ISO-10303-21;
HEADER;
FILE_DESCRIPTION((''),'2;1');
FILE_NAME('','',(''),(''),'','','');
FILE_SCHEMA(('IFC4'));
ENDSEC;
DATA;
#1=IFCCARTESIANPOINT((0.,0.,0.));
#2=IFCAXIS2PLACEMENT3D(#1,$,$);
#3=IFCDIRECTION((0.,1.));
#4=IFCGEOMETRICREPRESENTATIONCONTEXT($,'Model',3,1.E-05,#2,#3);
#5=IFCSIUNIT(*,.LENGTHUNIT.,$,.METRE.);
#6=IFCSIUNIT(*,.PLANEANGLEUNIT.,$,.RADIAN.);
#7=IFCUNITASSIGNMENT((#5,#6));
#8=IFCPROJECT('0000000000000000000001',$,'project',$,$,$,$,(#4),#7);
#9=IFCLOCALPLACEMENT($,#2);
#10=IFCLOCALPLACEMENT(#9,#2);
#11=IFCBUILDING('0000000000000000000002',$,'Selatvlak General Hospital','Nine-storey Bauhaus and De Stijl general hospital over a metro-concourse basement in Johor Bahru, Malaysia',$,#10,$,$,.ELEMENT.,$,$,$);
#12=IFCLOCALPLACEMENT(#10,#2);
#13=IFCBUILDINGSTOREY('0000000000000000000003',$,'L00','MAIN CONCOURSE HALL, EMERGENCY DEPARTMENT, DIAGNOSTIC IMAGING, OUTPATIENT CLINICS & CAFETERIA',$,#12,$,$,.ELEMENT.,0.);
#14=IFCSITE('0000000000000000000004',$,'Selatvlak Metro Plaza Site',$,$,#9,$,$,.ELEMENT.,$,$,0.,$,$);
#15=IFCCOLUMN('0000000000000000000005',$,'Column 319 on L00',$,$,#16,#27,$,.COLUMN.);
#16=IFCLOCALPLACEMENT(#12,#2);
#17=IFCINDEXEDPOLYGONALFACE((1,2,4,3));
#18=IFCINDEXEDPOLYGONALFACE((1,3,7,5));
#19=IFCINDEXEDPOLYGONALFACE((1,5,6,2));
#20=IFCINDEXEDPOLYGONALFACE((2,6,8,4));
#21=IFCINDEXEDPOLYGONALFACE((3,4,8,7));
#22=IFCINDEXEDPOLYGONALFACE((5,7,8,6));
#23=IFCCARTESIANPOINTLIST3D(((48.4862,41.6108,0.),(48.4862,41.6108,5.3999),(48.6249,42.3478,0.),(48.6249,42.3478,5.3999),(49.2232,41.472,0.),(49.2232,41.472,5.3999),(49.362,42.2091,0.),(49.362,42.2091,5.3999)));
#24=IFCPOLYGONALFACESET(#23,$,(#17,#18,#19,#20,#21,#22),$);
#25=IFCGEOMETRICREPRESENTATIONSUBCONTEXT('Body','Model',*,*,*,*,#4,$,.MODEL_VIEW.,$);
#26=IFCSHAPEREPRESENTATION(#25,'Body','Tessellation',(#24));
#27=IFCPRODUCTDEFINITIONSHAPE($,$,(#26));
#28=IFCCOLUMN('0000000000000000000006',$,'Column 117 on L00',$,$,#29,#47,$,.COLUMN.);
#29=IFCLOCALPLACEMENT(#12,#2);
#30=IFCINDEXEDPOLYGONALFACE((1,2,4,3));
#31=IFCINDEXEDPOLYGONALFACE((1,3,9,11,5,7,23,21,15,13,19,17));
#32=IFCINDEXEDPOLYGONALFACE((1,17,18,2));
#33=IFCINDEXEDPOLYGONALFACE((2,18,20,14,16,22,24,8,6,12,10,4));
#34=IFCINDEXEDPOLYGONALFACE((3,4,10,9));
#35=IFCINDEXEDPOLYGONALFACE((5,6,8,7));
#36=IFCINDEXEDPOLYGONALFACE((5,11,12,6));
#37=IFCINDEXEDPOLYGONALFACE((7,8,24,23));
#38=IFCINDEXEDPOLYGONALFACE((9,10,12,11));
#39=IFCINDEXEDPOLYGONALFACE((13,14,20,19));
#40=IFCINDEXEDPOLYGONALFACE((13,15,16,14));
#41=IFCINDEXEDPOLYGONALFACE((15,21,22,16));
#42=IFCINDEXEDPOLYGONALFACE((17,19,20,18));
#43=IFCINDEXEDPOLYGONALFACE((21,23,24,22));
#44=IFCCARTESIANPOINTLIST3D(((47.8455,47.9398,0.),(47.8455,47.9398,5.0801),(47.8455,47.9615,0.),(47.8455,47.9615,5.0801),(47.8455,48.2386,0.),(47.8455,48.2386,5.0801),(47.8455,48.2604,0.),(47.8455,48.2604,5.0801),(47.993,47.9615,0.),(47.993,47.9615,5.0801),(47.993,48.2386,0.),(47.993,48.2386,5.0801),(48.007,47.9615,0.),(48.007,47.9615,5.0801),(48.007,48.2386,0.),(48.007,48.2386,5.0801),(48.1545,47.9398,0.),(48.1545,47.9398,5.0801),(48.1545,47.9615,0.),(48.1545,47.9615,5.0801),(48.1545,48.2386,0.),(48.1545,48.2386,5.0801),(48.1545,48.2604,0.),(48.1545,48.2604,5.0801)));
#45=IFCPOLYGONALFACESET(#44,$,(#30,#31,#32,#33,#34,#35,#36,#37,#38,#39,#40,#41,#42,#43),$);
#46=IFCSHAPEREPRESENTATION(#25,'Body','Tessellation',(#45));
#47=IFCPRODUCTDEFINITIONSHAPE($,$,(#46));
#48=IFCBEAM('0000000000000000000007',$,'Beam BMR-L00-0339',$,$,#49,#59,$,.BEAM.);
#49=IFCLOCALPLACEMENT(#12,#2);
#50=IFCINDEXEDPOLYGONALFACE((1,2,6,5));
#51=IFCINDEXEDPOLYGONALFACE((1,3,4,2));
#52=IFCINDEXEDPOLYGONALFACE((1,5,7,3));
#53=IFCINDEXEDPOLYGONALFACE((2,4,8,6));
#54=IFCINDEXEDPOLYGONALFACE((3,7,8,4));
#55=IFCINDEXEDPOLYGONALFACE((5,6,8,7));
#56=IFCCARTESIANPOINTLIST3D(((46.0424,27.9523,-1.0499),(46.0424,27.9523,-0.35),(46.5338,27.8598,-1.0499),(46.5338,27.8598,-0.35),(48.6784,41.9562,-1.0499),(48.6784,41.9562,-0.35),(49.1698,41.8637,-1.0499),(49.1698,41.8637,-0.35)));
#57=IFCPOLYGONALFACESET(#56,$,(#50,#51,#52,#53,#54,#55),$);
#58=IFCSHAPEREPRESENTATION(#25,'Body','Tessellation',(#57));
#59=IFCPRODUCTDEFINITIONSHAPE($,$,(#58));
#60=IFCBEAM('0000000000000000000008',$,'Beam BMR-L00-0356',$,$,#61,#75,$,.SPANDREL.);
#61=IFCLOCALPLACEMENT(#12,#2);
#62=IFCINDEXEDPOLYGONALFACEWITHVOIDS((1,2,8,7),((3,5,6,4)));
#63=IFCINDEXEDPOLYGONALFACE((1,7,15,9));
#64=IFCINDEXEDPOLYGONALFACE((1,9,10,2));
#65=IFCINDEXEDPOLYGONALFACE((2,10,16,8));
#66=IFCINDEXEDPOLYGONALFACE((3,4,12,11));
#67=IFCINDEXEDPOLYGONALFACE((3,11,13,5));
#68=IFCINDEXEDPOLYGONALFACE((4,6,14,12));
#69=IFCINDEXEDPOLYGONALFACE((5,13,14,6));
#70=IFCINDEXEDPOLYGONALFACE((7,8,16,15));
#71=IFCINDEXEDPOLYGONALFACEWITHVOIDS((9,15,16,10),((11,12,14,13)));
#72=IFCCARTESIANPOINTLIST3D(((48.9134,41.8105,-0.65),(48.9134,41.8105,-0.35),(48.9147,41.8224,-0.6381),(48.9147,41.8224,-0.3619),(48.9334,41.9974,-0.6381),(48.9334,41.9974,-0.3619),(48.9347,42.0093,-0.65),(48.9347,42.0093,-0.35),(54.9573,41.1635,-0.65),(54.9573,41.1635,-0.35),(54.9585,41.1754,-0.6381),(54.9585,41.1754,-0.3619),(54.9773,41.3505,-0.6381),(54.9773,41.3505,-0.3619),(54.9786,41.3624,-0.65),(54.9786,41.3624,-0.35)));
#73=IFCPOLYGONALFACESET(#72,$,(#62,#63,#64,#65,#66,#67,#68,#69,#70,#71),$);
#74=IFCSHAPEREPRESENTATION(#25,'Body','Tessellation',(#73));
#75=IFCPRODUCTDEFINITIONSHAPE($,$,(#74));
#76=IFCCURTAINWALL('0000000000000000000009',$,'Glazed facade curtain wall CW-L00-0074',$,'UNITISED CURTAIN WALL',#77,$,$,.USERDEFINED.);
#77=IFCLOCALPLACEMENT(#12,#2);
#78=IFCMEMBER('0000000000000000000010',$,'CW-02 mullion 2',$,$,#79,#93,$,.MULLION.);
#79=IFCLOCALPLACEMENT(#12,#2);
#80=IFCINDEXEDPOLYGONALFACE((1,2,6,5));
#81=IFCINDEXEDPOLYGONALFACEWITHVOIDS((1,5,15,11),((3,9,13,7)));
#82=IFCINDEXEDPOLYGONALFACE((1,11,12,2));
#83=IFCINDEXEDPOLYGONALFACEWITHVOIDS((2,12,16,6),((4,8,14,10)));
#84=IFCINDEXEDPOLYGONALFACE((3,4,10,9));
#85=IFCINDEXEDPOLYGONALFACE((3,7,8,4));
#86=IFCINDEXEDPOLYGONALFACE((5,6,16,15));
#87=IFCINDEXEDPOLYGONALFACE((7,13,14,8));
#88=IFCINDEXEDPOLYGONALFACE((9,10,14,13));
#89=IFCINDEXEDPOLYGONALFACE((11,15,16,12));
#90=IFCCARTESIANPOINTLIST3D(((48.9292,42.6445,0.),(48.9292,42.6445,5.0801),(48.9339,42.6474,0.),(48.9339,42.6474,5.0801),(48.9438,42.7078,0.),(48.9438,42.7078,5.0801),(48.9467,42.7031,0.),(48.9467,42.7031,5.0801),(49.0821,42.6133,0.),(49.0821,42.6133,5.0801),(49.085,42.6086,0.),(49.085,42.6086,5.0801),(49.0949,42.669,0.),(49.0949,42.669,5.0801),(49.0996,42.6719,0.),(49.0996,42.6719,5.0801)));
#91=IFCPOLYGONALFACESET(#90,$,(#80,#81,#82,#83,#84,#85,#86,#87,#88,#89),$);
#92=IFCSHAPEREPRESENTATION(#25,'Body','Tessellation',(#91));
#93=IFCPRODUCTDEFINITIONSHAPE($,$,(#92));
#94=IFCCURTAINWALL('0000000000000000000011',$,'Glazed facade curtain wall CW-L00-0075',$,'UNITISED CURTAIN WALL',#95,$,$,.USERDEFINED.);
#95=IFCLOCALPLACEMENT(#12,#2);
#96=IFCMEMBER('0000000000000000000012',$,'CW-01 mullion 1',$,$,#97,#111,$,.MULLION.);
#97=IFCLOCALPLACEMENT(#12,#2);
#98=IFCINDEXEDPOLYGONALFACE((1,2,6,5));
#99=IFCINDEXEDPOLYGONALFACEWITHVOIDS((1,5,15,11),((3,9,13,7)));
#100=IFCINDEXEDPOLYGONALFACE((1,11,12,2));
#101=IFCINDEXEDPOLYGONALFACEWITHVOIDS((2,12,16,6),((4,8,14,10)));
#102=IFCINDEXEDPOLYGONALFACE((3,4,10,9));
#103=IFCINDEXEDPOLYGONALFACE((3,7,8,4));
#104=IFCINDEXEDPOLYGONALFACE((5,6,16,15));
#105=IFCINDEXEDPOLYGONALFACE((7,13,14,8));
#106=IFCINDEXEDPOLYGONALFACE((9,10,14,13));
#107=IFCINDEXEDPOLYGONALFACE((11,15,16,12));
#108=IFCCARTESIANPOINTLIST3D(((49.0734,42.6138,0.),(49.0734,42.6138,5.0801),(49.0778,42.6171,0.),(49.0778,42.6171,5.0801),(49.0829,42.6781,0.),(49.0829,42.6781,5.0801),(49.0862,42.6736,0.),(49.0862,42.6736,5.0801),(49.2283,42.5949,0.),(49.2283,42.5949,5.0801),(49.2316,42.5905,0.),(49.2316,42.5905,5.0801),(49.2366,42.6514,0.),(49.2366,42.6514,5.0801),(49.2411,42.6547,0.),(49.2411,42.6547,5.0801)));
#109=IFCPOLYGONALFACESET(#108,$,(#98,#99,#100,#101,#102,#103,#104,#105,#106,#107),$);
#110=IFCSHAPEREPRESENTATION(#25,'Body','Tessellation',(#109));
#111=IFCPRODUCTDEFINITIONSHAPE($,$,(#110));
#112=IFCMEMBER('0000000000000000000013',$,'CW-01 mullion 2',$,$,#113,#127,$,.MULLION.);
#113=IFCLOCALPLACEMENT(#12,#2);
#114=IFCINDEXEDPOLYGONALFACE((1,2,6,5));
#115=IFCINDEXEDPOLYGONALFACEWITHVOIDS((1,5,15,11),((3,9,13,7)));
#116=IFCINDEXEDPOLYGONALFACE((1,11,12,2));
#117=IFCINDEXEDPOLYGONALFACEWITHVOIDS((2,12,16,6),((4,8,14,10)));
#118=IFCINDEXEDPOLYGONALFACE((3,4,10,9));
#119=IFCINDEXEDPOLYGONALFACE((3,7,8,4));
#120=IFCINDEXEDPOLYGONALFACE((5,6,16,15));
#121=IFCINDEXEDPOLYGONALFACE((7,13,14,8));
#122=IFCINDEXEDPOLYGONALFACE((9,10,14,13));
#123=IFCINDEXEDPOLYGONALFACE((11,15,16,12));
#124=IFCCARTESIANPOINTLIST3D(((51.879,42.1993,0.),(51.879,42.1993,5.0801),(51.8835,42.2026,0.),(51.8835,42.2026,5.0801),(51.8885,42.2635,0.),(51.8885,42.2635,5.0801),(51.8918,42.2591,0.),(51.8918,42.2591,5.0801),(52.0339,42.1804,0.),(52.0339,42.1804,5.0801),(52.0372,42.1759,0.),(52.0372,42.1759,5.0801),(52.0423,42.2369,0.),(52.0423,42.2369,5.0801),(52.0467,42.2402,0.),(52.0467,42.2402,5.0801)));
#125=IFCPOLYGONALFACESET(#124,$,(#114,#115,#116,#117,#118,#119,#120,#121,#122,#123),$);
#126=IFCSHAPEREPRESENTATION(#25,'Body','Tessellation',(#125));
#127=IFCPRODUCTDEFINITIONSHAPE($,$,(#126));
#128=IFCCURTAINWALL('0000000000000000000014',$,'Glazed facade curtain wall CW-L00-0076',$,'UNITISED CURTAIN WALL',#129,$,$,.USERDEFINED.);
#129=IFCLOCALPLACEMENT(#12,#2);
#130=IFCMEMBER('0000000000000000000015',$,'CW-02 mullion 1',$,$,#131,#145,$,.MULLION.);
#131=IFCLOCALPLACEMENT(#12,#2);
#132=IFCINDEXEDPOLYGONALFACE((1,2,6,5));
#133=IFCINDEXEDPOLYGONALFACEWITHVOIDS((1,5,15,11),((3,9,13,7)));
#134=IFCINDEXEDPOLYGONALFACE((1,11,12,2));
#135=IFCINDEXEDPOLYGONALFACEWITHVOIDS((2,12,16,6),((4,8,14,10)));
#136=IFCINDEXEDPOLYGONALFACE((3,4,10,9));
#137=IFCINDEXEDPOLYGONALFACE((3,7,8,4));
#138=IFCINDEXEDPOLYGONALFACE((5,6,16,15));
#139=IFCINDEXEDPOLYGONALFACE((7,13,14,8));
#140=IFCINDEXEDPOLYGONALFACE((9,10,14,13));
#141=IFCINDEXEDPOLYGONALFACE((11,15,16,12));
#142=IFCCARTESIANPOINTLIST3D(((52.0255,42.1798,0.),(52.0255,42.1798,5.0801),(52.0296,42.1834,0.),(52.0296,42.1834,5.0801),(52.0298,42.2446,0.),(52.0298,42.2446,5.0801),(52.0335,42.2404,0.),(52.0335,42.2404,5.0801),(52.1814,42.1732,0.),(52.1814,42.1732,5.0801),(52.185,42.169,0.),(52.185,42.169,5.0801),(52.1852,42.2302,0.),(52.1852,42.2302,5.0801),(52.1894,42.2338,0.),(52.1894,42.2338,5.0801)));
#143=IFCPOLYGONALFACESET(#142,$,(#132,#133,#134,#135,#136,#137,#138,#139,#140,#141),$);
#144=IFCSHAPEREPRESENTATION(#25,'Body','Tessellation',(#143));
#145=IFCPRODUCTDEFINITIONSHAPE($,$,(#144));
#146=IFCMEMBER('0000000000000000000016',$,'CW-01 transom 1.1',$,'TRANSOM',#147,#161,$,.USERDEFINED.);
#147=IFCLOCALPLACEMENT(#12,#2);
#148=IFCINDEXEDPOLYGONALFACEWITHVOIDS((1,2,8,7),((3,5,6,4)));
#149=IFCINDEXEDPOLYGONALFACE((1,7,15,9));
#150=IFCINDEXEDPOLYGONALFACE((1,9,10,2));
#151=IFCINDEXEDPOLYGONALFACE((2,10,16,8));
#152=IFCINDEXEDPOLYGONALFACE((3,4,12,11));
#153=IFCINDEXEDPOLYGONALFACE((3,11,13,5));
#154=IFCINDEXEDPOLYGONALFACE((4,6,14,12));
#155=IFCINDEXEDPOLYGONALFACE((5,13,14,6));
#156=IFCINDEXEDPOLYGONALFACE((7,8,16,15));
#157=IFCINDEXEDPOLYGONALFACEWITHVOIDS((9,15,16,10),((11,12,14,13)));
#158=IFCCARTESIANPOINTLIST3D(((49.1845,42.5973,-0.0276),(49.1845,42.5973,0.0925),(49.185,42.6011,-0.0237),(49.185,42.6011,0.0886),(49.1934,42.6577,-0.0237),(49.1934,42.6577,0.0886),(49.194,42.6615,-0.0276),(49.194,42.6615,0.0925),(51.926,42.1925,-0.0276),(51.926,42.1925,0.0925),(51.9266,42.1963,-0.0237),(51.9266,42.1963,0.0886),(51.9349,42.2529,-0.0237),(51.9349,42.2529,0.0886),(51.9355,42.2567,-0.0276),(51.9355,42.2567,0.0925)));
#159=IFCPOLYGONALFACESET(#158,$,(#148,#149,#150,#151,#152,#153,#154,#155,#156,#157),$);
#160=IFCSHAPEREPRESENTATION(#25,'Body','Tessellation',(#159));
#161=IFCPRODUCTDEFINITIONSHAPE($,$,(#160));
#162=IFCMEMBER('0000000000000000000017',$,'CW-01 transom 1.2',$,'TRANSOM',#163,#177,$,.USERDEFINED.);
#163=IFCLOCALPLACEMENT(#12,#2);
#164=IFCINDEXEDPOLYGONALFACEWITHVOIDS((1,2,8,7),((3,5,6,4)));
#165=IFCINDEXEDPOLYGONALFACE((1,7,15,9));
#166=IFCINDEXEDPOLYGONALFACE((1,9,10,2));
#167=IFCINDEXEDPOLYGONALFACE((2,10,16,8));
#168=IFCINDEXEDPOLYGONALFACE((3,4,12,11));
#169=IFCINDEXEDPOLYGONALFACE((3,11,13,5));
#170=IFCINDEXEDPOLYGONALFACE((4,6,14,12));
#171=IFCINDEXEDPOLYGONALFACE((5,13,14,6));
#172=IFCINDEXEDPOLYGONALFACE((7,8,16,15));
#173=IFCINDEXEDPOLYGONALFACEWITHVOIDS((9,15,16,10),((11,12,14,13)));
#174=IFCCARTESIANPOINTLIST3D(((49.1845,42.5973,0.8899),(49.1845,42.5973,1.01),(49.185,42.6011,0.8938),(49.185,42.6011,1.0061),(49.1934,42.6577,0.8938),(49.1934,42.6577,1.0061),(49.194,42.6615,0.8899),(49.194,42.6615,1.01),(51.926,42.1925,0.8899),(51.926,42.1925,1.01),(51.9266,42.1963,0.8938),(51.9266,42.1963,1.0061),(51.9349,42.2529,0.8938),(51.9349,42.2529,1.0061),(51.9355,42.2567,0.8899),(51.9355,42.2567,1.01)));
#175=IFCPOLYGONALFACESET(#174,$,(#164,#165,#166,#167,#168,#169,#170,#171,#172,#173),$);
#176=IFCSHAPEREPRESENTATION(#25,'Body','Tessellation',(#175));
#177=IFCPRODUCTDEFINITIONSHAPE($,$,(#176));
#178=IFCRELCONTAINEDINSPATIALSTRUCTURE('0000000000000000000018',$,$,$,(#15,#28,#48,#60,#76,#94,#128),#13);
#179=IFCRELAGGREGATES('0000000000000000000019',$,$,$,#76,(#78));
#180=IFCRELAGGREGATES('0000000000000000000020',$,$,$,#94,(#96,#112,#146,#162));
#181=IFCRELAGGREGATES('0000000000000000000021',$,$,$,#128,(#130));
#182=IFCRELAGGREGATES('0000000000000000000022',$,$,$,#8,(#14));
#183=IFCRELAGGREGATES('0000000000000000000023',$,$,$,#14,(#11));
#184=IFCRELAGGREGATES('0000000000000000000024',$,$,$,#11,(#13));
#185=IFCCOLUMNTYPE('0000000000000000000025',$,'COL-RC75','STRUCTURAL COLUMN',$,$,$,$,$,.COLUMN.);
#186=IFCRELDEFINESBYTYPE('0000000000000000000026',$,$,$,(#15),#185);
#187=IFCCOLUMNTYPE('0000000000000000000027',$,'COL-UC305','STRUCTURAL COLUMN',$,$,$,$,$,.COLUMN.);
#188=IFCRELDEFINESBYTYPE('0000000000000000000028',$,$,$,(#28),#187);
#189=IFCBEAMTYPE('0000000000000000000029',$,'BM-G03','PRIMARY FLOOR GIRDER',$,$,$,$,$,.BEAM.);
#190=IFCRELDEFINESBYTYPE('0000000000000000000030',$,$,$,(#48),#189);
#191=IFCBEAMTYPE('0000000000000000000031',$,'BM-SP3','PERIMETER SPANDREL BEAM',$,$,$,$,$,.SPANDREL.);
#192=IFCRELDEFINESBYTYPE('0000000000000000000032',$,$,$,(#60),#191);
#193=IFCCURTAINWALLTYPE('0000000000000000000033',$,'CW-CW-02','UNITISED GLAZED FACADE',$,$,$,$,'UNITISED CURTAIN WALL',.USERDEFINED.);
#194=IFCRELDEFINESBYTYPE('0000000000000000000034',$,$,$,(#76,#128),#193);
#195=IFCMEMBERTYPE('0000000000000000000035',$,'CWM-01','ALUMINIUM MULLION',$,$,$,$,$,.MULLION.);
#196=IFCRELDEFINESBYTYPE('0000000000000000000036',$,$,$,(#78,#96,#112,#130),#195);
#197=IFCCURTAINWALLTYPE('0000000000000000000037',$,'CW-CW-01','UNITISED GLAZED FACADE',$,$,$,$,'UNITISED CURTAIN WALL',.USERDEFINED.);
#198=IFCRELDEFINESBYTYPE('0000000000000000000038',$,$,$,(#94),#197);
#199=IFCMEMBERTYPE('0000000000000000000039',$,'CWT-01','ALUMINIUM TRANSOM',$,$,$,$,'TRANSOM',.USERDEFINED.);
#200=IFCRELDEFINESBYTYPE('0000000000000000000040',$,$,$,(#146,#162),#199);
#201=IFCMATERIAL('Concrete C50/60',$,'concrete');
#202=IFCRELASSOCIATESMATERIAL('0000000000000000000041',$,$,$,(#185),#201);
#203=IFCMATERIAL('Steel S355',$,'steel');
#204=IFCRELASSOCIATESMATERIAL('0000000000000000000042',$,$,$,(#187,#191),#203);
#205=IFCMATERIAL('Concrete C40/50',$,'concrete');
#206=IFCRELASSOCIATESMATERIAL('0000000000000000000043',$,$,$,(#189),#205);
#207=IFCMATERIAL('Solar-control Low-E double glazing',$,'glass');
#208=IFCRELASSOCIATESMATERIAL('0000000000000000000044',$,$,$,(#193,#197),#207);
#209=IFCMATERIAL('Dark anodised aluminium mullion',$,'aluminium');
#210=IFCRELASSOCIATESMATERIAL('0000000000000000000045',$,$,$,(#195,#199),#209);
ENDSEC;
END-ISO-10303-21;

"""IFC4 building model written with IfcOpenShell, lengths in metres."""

from ifc_helpers import new_model, si_unit, direction, frame, origin, origin_2d, place, context, subcontext, project, spatial, rectangle, hollow_rectangle, i_section, extrude, material, material_profile, profile_set, type_object, element, aggregate, save


model = new_model("IFC4")

# Units and contexts
model_context = context("Model", 3, precision=1e-05, world=origin(), true_north=direction((0.0, 1.0)))
body_context = subcontext(model_context, "Body", "Model", "MODEL_VIEW")
ifc_project = project(units=[si_unit("LENGTHUNIT", "METRE"), si_unit("PLANEANGLEUNIT", "RADIAN")], contexts=[model_context])

# Site, building, storey
site_placement = place(None, origin())
site = spatial("IfcSite", under=ifc_project, at=site_placement, Name="Selatvlak Metro Plaza Site", CompositionType="ELEMENT", RefElevation=0.0)
building_placement = place(site_placement, origin())
building = spatial("IfcBuilding", under=site, at=building_placement, Name="Selatvlak General Hospital", Description="Nine-storey Bauhaus and De Stijl general hospital over a metro-concourse basement in Johor Bahru, Malaysia", CompositionType="ELEMENT")
storey_placement = place(building_placement, origin())
storey = spatial("IfcBuildingStorey", under=building, at=storey_placement, Name="L00", Description="MAIN CONCOURSE HALL, EMERGENCY DEPARTMENT, DIAGNOSTIC IMAGING, OUTPATIENT CLINICS & CAFETERIA", CompositionType="ELEMENT", Elevation=0.0)

# Columns
ifc_material_1 = material(Name="Concrete C50/60", Category="concrete")
ifc_material_profile_1 = material_profile(ifc_material_1, rectangle(XDim=0.75, YDim=0.75, at=origin_2d()), Name="RC-COL 750x750")
ifc_profile_set_1 = profile_set([ifc_material_profile_1], Name="Concrete C50/60")
column_type_1 = type_object("IfcColumnType", Name="COL-RC75", Description="STRUCTURAL COLUMN", PredefinedType="COLUMN", material=ifc_profile_set_1)
column_1_placement = place(storey_placement, frame((48.9241, 41.9099, 0.0), z_axis=(0.0, 0.0, 1.0), x_axis=(0.184998, 0.982739, 0.0)))
element("IfcColumn", 1, at=column_1_placement, inside=storey, type_object=column_type_1, Name="Column 319 on L00", PredefinedType="COLUMN", context=body_context, shape_type="SweptSolid", body=[
    extrude(rectangle(XDim=0.75, YDim=0.75, at=origin_2d()), origin(), (0.0, 0.0, 1.0), 5.3999),
])
ifc_material_2 = material(Name="Steel S355", Category="steel")
ifc_material_profile_2 = material_profile(ifc_material_2, i_section(OverallWidth=0.3091, OverallDepth=0.3206, WebThickness=0.0139, FlangeThickness=0.0217, at=origin_2d()), Name="UC 305x305x137")
ifc_profile_set_2 = profile_set([ifc_material_profile_2], Name="Steel S355")
column_type_2 = type_object("IfcColumnType", Name="COL-UC305", Description="STRUCTURAL COLUMN", PredefinedType="COLUMN", material=ifc_profile_set_2)
column_2_placement = place(storey_placement, frame((48.0, 48.1001, 0.0), z_axis=(0.0, 0.0, 1.0), x_axis=(1.0, 0.0, 0.0)))
element("IfcColumn", 2, at=column_2_placement, inside=storey, type_object=column_type_2, Name="Column 117 on L00", PredefinedType="COLUMN", context=body_context, shape_type="SweptSolid", body=[
    extrude(i_section(OverallWidth=0.3091, OverallDepth=0.3206, WebThickness=0.0139, FlangeThickness=0.0217, at=origin_2d()), origin(), (0.0, 0.0, 1.0), 5.0801),
])

# Beams
ifc_material_3 = material(Name="Concrete C40/50", Category="concrete")
ifc_material_profile_3 = material_profile(ifc_material_3, rectangle(XDim=0.5, YDim=0.7, at=origin_2d()), Name="RC-BM 500x700")
ifc_profile_set_3 = profile_set([ifc_material_profile_3], Name="Concrete C40/50")
beam_type_1 = type_object("IfcBeamType", Name="BM-G03", Description="PRIMARY FLOOR GIRDER", PredefinedType="BEAM", material=ifc_profile_set_3)
beam_1_placement = place(storey_placement, frame((48.9241, 41.9099, -0.7), z_axis=(-0.184984, -0.982742, 0.0), x_axis=(0.982742, -0.184984, 0.0)))
element("IfcBeam", 3, at=beam_1_placement, inside=storey, type_object=beam_type_1, Name="Beam BMR-L00-0339", PredefinedType="BEAM", context=body_context, shape_type="SweptSolid", body=[
    extrude(rectangle(XDim=0.5, YDim=0.7, at=origin_2d()), origin(), (0.0, 0.0, 1.0), 14.2498),
])
ifc_material_profile_4 = material_profile(ifc_material_2, hollow_rectangle(XDim=0.2, YDim=0.3, WallThickness=0.012, at=origin_2d()), Name="RHS 300x200x12")
ifc_profile_set_4 = profile_set([ifc_material_profile_4], Name="Steel S355")
beam_type_2 = type_object("IfcBeamType", Name="BM-SP3", Description="PERIMETER SPANDREL BEAM", PredefinedType="SPANDREL", material=ifc_profile_set_4)
beam_2_placement = place(storey_placement, frame((48.9241, 41.9099, -0.5), z_axis=(0.994319, -0.106437, 0.0), x_axis=(0.106437, 0.994319, 0.0)))
element("IfcBeam", 4, at=beam_2_placement, inside=storey, type_object=beam_type_2, Name="Beam BMR-L00-0356", PredefinedType="SPANDREL", context=body_context, shape_type="SweptSolid", body=[
    extrude(hollow_rectangle(XDim=0.2, YDim=0.3, WallThickness=0.012, at=origin_2d()), origin(), (0.0, 0.0, 1.0), 6.0784),
])

# Curtain wall, member
ifc_material_4 = material(Name="Solar-control Low-E double glazing", Category="glass")
curtain_wall_type_1 = type_object("IfcCurtainWallType", Name="CW-CW-02", Description="UNITISED GLAZED FACADE", ElementType="UNITISED CURTAIN WALL", PredefinedType="USERDEFINED", material=ifc_material_4)
curtain_wall_1_placement = place(storey_placement, origin())
curtain_wall_1 = element("IfcCurtainWall", 5, at=curtain_wall_1_placement, inside=storey, type_object=curtain_wall_type_1, Name="Glazed facade curtain wall CW-L00-0074", ObjectType="UNITISED CURTAIN WALL", PredefinedType="USERDEFINED")
ifc_material_5 = material(Name="Dark anodised aluminium mullion", Category="aluminium")
ifc_material_profile_5 = material_profile(ifc_material_5, hollow_rectangle(XDim=0.0649, YDim=0.1599, WallThickness=0.0039, at=origin_2d()), Name="AL-MUL 65x160x4")
ifc_profile_set_5 = profile_set([ifc_material_profile_5], Name="Dark anodised aluminium mullion")
member_type_1 = type_object("IfcMemberType", Name="CWM-01", Description="ALUMINIUM MULLION", PredefinedType="MULLION", material=ifc_profile_set_5)
member_1_placement = place(storey_placement, frame((49.0144, 42.6582, 0.0), z_axis=(0.0, 0.0, 1.0), x_axis=(0.224482, 0.974478, 0.0)))
member_1 = element("IfcMember", 6, at=member_1_placement, type_object=member_type_1, Name="CW-02 mullion 2", PredefinedType="MULLION", context=body_context, shape_type="SweptSolid", body=[
    extrude(hollow_rectangle(XDim=0.0649, YDim=0.1599, WallThickness=0.0039, at=origin_2d()), origin(), (0.0, 0.0, 1.0), 5.0801),
])
aggregate(curtain_wall_1, [member_1])

# Curtain wall, members
curtain_wall_type_2 = type_object("IfcCurtainWallType", Name="CW-CW-01", Description="UNITISED GLAZED FACADE", ElementType="UNITISED CURTAIN WALL", PredefinedType="USERDEFINED", material=ifc_material_4)
curtain_wall_2_placement = place(storey_placement, origin())
curtain_wall_2 = element("IfcCurtainWall", 7, at=curtain_wall_2_placement, inside=storey, type_object=curtain_wall_type_2, Name="Glazed facade curtain wall CW-L00-0075", ObjectType="UNITISED CURTAIN WALL", PredefinedType="USERDEFINED")
member_2_placement = place(storey_placement, frame((49.1572, 42.6343, 0.0), z_axis=(0.0, 0.0, 1.0), x_axis=(0.146149, 0.989263, 0.0)))
member_2 = element("IfcMember", 8, at=member_2_placement, type_object=member_type_1, Name="CW-01 mullion 1", PredefinedType="MULLION", context=body_context, shape_type="SweptSolid", body=[
    extrude(hollow_rectangle(XDim=0.0649, YDim=0.1599, WallThickness=0.0039, at=origin_2d()), origin(), (0.0, 0.0, 1.0), 5.0801),
])
member_3_placement = place(storey_placement, frame((51.9629, 42.2197, 0.0), z_axis=(0.0, 0.0, 1.0), x_axis=(0.146149, 0.989263, 0.0)))
member_3 = element("IfcMember", 9, at=member_3_placement, type_object=member_type_1, Name="CW-01 mullion 2", PredefinedType="MULLION", context=body_context, shape_type="SweptSolid", body=[
    extrude(hollow_rectangle(XDim=0.0649, YDim=0.1599, WallThickness=0.0039, at=origin_2d()), origin(), (0.0, 0.0, 1.0), 5.0801),
])

# Curtain wall, member
curtain_wall_3_placement = place(storey_placement, origin())
curtain_wall_3 = element("IfcCurtainWall", 10, at=curtain_wall_3_placement, inside=storey, type_object=curtain_wall_type_1, Name="Glazed facade curtain wall CW-L00-0076", ObjectType="UNITISED CURTAIN WALL", PredefinedType="USERDEFINED")
member_4_placement = place(storey_placement, frame((52.1074, 42.2068, 0.0), z_axis=(0.0, 0.0, 1.0), x_axis=(0.067182, 0.997741, 0.0)))
member_4 = element("IfcMember", 11, at=member_4_placement, type_object=member_type_1, Name="CW-02 mullion 1", PredefinedType="MULLION", context=body_context, shape_type="SweptSolid", body=[
    extrude(hollow_rectangle(XDim=0.0649, YDim=0.1599, WallThickness=0.0039, at=origin_2d()), origin(), (0.0, 0.0, 1.0), 5.0801),
])

# Members
ifc_material_profile_6 = material_profile(ifc_material_5, hollow_rectangle(XDim=0.0649, YDim=0.1201, WallThickness=0.0039, at=origin_2d()), Name="AL-TRN 65x120x4")
ifc_profile_set_6 = profile_set([ifc_material_profile_6], Name="Dark anodised aluminium mullion")
member_type_2 = type_object("IfcMemberType", Name="CWT-01", Description="ALUMINIUM TRANSOM", ElementType="TRANSOM", PredefinedType="USERDEFINED", material=ifc_profile_set_6)
member_5_placement = place(storey_placement, frame((49.1892, 42.6294, 0.0325), z_axis=(0.989274, -0.14607, 0.0), x_axis=(0.14607, 0.989274, 0.0)))
member_5 = element("IfcMember", 12, at=member_5_placement, type_object=member_type_2, Name="CW-01 transom 1.1", ObjectType="TRANSOM", PredefinedType="USERDEFINED", context=body_context, shape_type="SweptSolid", body=[
    extrude(hollow_rectangle(XDim=0.0649, YDim=0.1201, WallThickness=0.0039, at=origin_2d()), origin(), (0.0, 0.0, 1.0), 2.7712),
])
member_6_placement = place(storey_placement, frame((49.1892, 42.6294, 0.95), z_axis=(0.989274, -0.14607, 0.0), x_axis=(0.14607, 0.989274, 0.0)))
member_6 = element("IfcMember", 13, at=member_6_placement, type_object=member_type_2, Name="CW-01 transom 1.2", ObjectType="TRANSOM", PredefinedType="USERDEFINED", context=body_context, shape_type="SweptSolid", body=[
    extrude(hollow_rectangle(XDim=0.0649, YDim=0.1201, WallThickness=0.0039, at=origin_2d()), origin(), (0.0, 0.0, 1.0), 2.7712),
])

aggregate(curtain_wall_2, [member_2, member_3, member_5, member_6])
aggregate(curtain_wall_3, [member_4])

save(model, "model.ifc")
